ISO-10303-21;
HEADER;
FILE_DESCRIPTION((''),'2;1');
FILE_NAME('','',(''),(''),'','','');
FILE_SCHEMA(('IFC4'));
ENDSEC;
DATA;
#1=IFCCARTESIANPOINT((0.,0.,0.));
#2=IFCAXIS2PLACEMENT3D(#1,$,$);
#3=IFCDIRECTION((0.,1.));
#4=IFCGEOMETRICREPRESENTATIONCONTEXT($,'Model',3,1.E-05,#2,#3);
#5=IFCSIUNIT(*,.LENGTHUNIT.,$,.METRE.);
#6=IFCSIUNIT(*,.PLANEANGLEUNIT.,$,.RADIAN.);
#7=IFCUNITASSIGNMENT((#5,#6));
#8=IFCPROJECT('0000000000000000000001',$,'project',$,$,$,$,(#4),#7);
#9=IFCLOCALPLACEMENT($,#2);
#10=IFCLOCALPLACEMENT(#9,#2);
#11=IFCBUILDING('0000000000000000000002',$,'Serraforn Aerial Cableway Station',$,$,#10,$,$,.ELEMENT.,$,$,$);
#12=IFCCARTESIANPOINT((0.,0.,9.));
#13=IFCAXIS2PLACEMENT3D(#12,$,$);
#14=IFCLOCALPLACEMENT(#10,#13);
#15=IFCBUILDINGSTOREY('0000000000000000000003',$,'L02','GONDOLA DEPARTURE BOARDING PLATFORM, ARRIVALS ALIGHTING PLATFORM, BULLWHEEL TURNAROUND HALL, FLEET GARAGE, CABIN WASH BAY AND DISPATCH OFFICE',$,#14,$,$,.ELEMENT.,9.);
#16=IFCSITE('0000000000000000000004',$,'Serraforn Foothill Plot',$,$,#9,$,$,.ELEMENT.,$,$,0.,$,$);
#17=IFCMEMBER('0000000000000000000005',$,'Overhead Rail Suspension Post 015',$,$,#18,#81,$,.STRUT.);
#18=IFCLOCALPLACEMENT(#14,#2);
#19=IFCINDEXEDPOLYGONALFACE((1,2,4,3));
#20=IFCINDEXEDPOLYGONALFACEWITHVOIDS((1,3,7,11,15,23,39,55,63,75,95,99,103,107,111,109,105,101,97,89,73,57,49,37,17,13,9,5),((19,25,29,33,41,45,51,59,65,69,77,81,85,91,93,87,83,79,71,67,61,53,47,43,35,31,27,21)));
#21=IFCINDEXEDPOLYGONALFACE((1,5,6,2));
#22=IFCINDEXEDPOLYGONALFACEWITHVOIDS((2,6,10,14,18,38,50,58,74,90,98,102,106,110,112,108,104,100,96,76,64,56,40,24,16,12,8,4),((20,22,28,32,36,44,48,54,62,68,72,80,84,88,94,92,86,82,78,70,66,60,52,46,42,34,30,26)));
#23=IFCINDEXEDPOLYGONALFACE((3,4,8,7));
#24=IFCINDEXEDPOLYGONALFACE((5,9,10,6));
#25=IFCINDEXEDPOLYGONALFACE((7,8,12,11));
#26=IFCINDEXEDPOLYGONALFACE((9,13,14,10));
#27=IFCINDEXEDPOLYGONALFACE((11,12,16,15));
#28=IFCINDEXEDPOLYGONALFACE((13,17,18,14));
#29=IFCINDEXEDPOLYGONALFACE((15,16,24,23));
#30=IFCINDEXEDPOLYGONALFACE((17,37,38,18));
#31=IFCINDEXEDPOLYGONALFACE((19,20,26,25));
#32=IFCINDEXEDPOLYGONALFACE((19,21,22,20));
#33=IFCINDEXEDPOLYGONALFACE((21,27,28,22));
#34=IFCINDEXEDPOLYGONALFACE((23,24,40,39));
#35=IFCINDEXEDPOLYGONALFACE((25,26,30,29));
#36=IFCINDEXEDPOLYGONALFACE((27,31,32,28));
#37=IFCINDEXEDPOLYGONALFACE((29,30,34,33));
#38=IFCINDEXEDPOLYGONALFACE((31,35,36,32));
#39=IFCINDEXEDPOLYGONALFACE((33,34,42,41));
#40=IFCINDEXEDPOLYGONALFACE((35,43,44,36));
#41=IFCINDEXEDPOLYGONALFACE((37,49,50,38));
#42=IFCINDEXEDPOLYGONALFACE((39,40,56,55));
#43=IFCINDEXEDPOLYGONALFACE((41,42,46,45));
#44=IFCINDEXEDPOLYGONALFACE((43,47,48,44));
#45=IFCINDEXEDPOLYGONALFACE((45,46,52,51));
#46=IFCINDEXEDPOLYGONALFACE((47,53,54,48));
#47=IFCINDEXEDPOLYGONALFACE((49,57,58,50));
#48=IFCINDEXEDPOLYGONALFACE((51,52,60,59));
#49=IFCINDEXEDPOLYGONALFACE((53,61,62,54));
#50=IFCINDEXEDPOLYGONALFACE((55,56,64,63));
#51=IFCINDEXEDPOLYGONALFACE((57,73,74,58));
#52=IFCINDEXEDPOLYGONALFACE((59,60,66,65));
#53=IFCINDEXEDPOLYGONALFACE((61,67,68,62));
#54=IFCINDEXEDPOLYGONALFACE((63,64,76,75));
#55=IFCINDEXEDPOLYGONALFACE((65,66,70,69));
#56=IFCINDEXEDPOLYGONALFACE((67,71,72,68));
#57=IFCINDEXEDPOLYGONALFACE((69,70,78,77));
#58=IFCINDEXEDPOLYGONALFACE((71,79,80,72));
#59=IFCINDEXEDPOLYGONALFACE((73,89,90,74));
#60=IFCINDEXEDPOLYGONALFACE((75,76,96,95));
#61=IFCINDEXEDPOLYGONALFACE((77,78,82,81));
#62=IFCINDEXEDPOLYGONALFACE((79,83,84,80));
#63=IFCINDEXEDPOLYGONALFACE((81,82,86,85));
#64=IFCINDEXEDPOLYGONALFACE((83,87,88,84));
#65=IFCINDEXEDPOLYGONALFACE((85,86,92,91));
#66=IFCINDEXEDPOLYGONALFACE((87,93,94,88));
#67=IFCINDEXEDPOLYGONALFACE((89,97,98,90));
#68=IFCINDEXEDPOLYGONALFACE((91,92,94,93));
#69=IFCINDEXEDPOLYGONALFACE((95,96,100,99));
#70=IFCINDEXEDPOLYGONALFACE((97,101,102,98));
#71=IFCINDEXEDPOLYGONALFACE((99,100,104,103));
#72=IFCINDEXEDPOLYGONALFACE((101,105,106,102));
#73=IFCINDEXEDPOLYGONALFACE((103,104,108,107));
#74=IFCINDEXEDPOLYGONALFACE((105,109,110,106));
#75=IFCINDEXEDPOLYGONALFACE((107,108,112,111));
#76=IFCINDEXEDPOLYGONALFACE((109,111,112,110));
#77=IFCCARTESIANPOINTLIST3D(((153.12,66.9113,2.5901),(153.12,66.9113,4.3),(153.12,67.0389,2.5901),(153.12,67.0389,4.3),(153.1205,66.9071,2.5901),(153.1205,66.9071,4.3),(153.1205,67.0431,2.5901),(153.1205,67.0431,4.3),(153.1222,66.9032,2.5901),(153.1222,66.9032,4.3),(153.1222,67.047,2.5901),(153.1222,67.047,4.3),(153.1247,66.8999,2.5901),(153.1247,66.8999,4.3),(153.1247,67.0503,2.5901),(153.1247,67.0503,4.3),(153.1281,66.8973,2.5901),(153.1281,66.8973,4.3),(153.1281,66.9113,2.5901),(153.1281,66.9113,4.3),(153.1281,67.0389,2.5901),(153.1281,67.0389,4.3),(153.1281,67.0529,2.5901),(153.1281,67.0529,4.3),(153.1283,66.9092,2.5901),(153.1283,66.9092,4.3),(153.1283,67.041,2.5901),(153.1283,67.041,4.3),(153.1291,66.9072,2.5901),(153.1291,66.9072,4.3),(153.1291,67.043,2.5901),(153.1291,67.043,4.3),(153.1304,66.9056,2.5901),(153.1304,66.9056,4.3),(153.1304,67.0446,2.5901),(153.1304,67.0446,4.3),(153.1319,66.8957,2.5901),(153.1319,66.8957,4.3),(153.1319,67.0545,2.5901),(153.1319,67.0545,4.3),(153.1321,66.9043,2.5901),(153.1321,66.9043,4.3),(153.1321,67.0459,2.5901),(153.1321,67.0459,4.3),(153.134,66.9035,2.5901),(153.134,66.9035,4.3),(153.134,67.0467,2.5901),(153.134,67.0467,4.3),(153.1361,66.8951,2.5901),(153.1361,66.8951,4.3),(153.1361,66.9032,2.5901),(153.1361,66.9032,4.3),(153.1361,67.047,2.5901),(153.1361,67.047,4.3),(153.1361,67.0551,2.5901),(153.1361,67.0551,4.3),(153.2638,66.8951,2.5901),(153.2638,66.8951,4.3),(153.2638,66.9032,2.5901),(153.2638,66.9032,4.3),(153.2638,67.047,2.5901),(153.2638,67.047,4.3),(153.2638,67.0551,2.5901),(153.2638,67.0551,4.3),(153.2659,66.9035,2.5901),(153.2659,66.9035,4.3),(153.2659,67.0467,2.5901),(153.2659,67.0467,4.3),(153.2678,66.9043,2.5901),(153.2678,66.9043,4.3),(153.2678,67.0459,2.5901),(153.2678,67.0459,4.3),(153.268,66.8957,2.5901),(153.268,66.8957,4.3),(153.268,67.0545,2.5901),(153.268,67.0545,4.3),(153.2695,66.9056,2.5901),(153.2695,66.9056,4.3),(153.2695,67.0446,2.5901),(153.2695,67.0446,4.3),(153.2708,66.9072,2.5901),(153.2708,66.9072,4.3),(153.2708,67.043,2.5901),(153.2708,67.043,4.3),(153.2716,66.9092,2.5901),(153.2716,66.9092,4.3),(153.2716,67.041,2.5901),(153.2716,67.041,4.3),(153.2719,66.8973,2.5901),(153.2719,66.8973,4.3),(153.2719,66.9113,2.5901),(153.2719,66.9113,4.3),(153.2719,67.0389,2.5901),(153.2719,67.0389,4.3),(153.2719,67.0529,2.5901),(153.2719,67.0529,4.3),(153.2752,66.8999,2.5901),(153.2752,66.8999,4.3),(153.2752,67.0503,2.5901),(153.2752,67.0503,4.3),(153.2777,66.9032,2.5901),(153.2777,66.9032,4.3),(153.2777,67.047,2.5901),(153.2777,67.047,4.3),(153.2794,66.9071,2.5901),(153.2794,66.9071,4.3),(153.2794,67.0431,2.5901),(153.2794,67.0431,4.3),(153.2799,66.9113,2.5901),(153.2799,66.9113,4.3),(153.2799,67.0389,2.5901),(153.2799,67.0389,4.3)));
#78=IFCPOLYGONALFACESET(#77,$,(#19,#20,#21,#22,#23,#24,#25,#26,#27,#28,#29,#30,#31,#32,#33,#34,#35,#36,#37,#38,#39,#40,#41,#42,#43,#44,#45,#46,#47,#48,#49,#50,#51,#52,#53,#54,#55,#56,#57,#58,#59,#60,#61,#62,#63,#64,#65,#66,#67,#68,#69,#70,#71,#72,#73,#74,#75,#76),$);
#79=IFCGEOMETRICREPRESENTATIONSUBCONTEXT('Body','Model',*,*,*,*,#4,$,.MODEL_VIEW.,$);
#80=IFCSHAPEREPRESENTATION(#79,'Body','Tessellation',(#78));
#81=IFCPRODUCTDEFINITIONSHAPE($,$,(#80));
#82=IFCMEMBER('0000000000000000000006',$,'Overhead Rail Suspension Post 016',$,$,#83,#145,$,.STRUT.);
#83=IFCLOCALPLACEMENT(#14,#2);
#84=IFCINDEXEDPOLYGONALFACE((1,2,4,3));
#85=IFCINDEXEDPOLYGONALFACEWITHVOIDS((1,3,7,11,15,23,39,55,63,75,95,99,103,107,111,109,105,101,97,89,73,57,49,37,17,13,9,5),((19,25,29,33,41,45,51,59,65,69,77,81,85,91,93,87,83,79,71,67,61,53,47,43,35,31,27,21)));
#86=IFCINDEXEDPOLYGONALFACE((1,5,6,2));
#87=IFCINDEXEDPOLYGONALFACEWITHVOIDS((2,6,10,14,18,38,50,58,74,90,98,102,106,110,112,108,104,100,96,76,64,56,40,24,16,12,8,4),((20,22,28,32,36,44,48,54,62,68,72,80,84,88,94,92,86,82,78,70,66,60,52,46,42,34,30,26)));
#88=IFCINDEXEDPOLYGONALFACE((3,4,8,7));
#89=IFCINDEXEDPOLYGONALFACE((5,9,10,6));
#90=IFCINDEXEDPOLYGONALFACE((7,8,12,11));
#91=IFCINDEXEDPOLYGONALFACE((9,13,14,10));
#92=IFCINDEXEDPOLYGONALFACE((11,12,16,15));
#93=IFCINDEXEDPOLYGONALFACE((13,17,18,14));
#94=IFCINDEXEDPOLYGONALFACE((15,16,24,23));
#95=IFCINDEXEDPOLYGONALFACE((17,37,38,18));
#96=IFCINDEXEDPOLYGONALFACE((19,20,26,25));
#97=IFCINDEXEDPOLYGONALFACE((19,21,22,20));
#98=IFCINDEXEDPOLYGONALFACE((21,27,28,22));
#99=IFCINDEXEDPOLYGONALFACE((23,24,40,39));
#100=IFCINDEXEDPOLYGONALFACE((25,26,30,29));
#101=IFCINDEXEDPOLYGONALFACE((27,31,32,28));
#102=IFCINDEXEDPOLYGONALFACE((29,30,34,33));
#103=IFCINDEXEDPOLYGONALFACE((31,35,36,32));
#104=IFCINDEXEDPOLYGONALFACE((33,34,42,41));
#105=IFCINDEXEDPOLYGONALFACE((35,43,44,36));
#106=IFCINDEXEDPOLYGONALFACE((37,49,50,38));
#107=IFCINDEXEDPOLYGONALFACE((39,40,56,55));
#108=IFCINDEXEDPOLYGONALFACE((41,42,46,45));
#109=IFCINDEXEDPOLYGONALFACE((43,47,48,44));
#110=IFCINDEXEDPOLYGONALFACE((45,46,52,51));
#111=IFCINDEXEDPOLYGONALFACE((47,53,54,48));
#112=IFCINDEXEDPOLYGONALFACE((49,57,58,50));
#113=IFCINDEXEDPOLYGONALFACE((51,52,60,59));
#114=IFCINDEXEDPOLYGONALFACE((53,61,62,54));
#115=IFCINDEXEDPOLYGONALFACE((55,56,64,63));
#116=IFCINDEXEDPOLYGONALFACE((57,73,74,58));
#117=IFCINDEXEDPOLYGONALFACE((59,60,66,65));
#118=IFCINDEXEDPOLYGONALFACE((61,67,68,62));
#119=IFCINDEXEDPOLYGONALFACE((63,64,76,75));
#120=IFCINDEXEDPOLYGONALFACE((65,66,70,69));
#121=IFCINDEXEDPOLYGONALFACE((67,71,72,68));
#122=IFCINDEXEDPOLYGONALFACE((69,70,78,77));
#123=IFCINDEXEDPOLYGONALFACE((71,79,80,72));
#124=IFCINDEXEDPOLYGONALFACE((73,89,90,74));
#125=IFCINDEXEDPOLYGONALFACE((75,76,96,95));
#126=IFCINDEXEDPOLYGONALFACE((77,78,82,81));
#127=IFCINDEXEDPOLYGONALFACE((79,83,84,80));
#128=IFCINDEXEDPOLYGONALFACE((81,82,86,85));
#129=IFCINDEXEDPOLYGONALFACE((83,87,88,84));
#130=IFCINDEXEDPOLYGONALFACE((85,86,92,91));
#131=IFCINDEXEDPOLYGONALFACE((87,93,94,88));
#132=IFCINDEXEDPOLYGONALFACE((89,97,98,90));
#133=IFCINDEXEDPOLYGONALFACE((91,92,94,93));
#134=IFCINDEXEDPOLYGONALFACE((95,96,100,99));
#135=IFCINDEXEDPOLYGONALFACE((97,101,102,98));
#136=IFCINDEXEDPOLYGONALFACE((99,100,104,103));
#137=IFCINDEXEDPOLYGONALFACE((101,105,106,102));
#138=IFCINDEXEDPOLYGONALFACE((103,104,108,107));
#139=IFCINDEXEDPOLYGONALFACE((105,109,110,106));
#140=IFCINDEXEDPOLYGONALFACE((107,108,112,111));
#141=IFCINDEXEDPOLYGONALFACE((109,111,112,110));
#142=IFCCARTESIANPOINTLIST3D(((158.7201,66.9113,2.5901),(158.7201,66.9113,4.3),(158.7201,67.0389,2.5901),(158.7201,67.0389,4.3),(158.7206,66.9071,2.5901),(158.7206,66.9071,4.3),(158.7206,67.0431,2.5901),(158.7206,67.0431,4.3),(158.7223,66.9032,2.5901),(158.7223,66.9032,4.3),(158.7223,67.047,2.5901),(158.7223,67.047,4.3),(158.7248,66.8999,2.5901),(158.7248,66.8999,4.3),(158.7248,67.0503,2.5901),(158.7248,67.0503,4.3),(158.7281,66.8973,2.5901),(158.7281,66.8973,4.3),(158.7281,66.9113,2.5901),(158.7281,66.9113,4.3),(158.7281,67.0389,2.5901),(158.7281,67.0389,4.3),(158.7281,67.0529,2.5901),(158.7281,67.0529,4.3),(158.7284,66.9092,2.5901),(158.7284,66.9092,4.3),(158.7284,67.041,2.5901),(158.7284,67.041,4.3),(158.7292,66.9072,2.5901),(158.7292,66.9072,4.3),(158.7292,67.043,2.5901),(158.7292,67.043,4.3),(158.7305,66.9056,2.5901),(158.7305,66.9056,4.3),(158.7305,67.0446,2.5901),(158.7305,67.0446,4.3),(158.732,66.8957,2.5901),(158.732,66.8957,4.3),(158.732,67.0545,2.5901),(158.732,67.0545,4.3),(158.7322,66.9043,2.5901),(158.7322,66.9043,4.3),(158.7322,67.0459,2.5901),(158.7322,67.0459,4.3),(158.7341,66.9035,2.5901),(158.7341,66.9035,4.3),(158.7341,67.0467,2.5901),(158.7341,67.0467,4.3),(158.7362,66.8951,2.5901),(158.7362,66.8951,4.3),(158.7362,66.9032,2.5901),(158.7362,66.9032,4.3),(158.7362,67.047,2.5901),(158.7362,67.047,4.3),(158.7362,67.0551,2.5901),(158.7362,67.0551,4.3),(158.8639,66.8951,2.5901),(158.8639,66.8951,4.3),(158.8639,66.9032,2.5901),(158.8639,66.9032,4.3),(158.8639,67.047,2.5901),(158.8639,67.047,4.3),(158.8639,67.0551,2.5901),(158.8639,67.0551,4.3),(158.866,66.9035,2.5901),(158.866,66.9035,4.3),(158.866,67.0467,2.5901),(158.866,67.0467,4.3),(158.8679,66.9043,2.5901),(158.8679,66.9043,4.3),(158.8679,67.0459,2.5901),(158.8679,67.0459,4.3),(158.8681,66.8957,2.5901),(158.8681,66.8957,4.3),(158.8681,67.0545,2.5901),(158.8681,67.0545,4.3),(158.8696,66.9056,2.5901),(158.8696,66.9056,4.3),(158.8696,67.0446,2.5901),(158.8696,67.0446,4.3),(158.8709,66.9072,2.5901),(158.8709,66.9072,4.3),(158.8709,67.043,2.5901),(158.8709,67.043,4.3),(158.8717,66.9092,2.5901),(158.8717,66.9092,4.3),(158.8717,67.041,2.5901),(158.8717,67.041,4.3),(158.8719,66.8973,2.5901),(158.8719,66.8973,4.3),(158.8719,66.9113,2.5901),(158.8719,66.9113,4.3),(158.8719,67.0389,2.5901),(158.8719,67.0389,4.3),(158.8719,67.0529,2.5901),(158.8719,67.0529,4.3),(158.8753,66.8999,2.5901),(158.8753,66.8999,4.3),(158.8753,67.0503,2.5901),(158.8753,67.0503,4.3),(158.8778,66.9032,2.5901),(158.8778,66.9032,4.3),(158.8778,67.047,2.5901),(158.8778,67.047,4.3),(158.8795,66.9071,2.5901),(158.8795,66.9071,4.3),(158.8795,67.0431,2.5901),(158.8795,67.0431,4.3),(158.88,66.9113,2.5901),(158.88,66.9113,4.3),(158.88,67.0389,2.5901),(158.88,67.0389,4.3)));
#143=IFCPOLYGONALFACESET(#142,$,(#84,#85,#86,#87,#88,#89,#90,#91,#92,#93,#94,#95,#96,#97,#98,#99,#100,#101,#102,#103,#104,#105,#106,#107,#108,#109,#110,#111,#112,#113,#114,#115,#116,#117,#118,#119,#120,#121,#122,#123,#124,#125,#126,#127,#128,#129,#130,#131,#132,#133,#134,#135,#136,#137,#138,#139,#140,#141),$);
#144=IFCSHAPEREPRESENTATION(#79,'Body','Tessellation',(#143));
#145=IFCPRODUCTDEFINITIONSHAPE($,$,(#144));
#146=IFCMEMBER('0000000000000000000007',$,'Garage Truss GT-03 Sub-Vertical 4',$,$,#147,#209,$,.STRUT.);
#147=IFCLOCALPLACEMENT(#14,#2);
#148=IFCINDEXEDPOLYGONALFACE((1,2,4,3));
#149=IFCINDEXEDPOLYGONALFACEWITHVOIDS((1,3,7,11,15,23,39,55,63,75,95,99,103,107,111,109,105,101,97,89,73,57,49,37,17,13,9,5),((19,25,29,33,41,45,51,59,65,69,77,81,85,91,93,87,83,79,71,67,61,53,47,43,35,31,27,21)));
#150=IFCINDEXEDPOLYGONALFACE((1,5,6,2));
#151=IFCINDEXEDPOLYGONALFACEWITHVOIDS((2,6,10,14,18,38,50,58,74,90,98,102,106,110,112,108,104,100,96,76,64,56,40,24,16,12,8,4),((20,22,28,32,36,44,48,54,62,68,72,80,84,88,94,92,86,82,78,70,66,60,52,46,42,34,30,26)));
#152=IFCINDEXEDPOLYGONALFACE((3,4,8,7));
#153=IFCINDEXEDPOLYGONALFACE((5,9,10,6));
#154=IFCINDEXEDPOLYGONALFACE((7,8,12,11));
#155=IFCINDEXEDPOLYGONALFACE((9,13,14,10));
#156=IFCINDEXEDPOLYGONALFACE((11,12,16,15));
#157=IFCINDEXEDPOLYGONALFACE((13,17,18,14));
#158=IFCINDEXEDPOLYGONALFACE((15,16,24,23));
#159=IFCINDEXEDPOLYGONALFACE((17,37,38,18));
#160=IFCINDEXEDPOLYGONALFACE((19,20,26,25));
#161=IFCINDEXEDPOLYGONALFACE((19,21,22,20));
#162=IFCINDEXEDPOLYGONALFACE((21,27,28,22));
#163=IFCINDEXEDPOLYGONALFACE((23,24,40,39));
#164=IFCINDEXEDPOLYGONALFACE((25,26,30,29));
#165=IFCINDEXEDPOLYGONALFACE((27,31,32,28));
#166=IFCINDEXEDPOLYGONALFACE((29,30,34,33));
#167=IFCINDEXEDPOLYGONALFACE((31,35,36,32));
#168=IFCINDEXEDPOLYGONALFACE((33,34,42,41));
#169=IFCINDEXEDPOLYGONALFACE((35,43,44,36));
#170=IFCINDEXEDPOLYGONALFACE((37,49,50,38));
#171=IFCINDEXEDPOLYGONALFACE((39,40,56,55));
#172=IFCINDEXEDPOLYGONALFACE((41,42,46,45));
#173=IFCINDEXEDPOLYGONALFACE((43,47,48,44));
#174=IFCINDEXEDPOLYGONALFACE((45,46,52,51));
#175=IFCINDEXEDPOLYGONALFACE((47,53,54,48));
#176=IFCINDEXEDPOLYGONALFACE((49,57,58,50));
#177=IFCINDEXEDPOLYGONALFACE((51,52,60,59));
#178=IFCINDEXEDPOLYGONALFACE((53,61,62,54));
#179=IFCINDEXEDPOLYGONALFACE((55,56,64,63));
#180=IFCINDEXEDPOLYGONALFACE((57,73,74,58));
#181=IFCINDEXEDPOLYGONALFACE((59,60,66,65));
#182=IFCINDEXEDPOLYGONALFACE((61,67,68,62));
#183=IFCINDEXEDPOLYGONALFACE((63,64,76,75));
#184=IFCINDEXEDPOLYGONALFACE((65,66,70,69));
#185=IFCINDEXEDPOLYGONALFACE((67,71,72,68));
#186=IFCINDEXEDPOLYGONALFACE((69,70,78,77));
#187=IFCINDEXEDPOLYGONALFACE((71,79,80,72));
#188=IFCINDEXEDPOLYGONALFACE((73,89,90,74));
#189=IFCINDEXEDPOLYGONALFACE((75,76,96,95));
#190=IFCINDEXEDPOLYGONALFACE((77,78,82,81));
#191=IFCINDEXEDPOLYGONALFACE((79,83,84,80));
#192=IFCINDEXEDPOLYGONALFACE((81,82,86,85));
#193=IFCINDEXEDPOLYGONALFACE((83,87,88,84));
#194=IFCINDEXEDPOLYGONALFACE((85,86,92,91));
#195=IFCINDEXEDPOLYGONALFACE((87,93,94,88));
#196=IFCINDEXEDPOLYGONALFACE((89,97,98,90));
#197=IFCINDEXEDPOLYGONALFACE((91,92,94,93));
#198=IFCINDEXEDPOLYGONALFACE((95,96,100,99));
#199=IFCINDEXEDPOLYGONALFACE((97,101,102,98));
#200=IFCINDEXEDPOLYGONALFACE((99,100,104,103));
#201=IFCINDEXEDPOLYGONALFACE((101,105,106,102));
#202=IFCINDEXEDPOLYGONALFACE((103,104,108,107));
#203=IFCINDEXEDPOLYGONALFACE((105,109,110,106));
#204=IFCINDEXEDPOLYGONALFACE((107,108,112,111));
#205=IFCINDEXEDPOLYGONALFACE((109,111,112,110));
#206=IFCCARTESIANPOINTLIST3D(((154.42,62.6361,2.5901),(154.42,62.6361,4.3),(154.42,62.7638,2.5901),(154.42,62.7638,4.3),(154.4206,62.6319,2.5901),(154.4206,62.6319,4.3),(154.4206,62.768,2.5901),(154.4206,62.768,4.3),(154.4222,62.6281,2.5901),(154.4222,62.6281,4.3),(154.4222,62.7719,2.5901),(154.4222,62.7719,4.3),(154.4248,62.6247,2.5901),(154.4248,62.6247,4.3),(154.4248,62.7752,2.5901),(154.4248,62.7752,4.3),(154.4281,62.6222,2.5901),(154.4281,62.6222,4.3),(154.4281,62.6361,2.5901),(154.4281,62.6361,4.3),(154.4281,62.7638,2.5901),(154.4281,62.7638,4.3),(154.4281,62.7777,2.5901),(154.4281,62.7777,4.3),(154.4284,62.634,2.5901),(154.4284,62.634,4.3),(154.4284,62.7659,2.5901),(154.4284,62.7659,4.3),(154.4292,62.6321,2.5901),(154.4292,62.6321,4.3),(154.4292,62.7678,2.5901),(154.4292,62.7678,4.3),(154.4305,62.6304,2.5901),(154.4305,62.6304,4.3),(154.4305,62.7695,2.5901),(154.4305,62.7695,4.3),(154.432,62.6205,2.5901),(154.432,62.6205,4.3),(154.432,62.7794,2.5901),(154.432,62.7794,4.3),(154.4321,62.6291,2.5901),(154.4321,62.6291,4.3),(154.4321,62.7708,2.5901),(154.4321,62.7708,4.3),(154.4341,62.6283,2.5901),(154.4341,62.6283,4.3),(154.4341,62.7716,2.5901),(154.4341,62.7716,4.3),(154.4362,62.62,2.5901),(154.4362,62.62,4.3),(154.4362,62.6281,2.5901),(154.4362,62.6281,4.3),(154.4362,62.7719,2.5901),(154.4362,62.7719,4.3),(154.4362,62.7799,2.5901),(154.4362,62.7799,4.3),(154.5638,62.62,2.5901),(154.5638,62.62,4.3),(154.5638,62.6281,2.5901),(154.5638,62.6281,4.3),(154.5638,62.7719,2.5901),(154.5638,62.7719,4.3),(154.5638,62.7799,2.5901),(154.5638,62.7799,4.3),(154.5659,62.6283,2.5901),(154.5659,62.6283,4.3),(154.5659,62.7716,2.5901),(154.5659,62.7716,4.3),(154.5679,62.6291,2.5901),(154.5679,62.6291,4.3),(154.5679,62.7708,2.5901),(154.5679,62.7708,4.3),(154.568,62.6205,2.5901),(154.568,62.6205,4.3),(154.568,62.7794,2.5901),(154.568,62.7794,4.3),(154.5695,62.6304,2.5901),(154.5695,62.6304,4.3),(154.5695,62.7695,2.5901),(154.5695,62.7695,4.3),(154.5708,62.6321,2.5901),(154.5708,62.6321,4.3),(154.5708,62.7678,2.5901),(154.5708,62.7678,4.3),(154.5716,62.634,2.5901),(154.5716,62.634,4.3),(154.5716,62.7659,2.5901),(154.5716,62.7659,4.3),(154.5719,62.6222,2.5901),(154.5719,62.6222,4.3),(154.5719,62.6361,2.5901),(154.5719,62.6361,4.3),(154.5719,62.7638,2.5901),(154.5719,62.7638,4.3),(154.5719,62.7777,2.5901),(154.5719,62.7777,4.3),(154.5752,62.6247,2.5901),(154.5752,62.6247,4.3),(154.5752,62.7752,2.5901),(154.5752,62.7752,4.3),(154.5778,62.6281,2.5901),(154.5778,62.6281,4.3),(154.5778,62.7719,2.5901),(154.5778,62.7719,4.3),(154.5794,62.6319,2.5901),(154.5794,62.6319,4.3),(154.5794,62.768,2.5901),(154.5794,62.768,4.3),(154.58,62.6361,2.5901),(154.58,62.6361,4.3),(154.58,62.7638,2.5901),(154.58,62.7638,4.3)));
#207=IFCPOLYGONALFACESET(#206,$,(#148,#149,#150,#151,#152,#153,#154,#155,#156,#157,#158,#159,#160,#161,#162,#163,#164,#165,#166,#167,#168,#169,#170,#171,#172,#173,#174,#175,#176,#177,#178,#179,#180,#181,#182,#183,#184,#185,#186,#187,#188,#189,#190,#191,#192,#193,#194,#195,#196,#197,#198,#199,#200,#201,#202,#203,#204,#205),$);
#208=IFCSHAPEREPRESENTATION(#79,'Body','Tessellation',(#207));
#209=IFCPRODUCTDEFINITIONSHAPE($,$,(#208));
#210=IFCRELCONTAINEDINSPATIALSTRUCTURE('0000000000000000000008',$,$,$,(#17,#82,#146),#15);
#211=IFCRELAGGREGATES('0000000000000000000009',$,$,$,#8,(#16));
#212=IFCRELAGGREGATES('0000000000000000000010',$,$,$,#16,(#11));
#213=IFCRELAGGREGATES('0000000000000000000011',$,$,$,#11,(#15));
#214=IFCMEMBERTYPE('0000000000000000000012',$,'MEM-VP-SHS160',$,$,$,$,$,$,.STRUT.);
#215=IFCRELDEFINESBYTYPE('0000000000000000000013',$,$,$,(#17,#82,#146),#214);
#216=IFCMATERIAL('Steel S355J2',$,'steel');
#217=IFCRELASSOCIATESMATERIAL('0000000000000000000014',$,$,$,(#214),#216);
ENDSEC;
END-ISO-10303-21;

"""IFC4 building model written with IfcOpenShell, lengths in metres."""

from ifc_helpers import new_model, si_unit, direction, frame, origin, origin_2d, place, context, subcontext, project, spatial, hollow_rectangle, extrude, material, material_profile, profile_set, type_object, element, save


model = new_model("IFC4")

# Units and contexts
model_context = context("Model", 3, precision=1e-05, world=origin(), true_north=direction((0.0, 1.0)))
body_context = subcontext(model_context, "Body", "Model", "MODEL_VIEW")
ifc_project = project(units=[si_unit("LENGTHUNIT", "METRE"), si_unit("PLANEANGLEUNIT", "RADIAN")], contexts=[model_context])

# Site, building, storey
site_placement = place(None, origin())
site = spatial("IfcSite", under=ifc_project, at=site_placement, Name="Serraforn Foothill Plot", CompositionType="ELEMENT", RefElevation=0.0)
building_placement = place(site_placement, origin())
building = spatial("IfcBuilding", under=site, at=building_placement, Name="Serraforn Aerial Cableway Station", CompositionType="ELEMENT")
storey_placement = place(building_placement, frame((0.0, 0.0, 9.0)))
storey = spatial("IfcBuildingStorey", under=building, at=storey_placement, Name="L02", Description="GONDOLA DEPARTURE BOARDING PLATFORM, ARRIVALS ALIGHTING PLATFORM, BULLWHEEL TURNAROUND HALL, FLEET GARAGE, CABIN WASH BAY AND DISPATCH OFFICE", CompositionType="ELEMENT", Elevation=9.0)

# Members
ifc_material_1 = material(Name="Steel S355J2", Category="steel")
ifc_material_profile_1 = material_profile(ifc_material_1, hollow_rectangle(XDim=0.1599, YDim=0.1599, WallThickness=0.0081, InnerFilletRadius=0.0081, OuterFilletRadius=0.0161, at=origin_2d()), Name="SHS 160x160x8.0")
ifc_profile_set_1 = profile_set([ifc_material_profile_1], Name="Steel S355J2")
member_type_1 = type_object("IfcMemberType", Name="MEM-VP-SHS160", PredefinedType="STRUT", material=ifc_profile_set_1)
for number, where, z_axis, x_axis, name in (
    (1, (153.2, 66.9751, 2.5901), (0.0, 0.0, 1.0), (1.0, 0.0, 0.0), "Overhead Rail Suspension Post 015"),
    (2, (158.8, 66.9751, 2.5901), (0.0, 0.0, 1.0), (1.0, 0.0, 0.0), "Overhead Rail Suspension Post 016"),
    (3, (154.5, 62.7, 2.5901), (0.0, 0.0, 1.0), (1.0, 0.0, 0.0), "Garage Truss GT-03 Sub-Vertical 4"),
):
    element("IfcMember", number, at=place(storey_placement, frame(where, z_axis=z_axis, x_axis=x_axis)), inside=storey, type_object=member_type_1, Name=name, PredefinedType="STRUT", context=body_context, shape_type="SweptSolid", body=[
        extrude(hollow_rectangle(XDim=0.1599, YDim=0.1599, WallThickness=0.0081, InnerFilletRadius=0.0081, OuterFilletRadius=0.0161, at=origin_2d()), origin(), (0.0, 0.0, 1.0), 1.71),
    ])

save(model, "model.ifc")
